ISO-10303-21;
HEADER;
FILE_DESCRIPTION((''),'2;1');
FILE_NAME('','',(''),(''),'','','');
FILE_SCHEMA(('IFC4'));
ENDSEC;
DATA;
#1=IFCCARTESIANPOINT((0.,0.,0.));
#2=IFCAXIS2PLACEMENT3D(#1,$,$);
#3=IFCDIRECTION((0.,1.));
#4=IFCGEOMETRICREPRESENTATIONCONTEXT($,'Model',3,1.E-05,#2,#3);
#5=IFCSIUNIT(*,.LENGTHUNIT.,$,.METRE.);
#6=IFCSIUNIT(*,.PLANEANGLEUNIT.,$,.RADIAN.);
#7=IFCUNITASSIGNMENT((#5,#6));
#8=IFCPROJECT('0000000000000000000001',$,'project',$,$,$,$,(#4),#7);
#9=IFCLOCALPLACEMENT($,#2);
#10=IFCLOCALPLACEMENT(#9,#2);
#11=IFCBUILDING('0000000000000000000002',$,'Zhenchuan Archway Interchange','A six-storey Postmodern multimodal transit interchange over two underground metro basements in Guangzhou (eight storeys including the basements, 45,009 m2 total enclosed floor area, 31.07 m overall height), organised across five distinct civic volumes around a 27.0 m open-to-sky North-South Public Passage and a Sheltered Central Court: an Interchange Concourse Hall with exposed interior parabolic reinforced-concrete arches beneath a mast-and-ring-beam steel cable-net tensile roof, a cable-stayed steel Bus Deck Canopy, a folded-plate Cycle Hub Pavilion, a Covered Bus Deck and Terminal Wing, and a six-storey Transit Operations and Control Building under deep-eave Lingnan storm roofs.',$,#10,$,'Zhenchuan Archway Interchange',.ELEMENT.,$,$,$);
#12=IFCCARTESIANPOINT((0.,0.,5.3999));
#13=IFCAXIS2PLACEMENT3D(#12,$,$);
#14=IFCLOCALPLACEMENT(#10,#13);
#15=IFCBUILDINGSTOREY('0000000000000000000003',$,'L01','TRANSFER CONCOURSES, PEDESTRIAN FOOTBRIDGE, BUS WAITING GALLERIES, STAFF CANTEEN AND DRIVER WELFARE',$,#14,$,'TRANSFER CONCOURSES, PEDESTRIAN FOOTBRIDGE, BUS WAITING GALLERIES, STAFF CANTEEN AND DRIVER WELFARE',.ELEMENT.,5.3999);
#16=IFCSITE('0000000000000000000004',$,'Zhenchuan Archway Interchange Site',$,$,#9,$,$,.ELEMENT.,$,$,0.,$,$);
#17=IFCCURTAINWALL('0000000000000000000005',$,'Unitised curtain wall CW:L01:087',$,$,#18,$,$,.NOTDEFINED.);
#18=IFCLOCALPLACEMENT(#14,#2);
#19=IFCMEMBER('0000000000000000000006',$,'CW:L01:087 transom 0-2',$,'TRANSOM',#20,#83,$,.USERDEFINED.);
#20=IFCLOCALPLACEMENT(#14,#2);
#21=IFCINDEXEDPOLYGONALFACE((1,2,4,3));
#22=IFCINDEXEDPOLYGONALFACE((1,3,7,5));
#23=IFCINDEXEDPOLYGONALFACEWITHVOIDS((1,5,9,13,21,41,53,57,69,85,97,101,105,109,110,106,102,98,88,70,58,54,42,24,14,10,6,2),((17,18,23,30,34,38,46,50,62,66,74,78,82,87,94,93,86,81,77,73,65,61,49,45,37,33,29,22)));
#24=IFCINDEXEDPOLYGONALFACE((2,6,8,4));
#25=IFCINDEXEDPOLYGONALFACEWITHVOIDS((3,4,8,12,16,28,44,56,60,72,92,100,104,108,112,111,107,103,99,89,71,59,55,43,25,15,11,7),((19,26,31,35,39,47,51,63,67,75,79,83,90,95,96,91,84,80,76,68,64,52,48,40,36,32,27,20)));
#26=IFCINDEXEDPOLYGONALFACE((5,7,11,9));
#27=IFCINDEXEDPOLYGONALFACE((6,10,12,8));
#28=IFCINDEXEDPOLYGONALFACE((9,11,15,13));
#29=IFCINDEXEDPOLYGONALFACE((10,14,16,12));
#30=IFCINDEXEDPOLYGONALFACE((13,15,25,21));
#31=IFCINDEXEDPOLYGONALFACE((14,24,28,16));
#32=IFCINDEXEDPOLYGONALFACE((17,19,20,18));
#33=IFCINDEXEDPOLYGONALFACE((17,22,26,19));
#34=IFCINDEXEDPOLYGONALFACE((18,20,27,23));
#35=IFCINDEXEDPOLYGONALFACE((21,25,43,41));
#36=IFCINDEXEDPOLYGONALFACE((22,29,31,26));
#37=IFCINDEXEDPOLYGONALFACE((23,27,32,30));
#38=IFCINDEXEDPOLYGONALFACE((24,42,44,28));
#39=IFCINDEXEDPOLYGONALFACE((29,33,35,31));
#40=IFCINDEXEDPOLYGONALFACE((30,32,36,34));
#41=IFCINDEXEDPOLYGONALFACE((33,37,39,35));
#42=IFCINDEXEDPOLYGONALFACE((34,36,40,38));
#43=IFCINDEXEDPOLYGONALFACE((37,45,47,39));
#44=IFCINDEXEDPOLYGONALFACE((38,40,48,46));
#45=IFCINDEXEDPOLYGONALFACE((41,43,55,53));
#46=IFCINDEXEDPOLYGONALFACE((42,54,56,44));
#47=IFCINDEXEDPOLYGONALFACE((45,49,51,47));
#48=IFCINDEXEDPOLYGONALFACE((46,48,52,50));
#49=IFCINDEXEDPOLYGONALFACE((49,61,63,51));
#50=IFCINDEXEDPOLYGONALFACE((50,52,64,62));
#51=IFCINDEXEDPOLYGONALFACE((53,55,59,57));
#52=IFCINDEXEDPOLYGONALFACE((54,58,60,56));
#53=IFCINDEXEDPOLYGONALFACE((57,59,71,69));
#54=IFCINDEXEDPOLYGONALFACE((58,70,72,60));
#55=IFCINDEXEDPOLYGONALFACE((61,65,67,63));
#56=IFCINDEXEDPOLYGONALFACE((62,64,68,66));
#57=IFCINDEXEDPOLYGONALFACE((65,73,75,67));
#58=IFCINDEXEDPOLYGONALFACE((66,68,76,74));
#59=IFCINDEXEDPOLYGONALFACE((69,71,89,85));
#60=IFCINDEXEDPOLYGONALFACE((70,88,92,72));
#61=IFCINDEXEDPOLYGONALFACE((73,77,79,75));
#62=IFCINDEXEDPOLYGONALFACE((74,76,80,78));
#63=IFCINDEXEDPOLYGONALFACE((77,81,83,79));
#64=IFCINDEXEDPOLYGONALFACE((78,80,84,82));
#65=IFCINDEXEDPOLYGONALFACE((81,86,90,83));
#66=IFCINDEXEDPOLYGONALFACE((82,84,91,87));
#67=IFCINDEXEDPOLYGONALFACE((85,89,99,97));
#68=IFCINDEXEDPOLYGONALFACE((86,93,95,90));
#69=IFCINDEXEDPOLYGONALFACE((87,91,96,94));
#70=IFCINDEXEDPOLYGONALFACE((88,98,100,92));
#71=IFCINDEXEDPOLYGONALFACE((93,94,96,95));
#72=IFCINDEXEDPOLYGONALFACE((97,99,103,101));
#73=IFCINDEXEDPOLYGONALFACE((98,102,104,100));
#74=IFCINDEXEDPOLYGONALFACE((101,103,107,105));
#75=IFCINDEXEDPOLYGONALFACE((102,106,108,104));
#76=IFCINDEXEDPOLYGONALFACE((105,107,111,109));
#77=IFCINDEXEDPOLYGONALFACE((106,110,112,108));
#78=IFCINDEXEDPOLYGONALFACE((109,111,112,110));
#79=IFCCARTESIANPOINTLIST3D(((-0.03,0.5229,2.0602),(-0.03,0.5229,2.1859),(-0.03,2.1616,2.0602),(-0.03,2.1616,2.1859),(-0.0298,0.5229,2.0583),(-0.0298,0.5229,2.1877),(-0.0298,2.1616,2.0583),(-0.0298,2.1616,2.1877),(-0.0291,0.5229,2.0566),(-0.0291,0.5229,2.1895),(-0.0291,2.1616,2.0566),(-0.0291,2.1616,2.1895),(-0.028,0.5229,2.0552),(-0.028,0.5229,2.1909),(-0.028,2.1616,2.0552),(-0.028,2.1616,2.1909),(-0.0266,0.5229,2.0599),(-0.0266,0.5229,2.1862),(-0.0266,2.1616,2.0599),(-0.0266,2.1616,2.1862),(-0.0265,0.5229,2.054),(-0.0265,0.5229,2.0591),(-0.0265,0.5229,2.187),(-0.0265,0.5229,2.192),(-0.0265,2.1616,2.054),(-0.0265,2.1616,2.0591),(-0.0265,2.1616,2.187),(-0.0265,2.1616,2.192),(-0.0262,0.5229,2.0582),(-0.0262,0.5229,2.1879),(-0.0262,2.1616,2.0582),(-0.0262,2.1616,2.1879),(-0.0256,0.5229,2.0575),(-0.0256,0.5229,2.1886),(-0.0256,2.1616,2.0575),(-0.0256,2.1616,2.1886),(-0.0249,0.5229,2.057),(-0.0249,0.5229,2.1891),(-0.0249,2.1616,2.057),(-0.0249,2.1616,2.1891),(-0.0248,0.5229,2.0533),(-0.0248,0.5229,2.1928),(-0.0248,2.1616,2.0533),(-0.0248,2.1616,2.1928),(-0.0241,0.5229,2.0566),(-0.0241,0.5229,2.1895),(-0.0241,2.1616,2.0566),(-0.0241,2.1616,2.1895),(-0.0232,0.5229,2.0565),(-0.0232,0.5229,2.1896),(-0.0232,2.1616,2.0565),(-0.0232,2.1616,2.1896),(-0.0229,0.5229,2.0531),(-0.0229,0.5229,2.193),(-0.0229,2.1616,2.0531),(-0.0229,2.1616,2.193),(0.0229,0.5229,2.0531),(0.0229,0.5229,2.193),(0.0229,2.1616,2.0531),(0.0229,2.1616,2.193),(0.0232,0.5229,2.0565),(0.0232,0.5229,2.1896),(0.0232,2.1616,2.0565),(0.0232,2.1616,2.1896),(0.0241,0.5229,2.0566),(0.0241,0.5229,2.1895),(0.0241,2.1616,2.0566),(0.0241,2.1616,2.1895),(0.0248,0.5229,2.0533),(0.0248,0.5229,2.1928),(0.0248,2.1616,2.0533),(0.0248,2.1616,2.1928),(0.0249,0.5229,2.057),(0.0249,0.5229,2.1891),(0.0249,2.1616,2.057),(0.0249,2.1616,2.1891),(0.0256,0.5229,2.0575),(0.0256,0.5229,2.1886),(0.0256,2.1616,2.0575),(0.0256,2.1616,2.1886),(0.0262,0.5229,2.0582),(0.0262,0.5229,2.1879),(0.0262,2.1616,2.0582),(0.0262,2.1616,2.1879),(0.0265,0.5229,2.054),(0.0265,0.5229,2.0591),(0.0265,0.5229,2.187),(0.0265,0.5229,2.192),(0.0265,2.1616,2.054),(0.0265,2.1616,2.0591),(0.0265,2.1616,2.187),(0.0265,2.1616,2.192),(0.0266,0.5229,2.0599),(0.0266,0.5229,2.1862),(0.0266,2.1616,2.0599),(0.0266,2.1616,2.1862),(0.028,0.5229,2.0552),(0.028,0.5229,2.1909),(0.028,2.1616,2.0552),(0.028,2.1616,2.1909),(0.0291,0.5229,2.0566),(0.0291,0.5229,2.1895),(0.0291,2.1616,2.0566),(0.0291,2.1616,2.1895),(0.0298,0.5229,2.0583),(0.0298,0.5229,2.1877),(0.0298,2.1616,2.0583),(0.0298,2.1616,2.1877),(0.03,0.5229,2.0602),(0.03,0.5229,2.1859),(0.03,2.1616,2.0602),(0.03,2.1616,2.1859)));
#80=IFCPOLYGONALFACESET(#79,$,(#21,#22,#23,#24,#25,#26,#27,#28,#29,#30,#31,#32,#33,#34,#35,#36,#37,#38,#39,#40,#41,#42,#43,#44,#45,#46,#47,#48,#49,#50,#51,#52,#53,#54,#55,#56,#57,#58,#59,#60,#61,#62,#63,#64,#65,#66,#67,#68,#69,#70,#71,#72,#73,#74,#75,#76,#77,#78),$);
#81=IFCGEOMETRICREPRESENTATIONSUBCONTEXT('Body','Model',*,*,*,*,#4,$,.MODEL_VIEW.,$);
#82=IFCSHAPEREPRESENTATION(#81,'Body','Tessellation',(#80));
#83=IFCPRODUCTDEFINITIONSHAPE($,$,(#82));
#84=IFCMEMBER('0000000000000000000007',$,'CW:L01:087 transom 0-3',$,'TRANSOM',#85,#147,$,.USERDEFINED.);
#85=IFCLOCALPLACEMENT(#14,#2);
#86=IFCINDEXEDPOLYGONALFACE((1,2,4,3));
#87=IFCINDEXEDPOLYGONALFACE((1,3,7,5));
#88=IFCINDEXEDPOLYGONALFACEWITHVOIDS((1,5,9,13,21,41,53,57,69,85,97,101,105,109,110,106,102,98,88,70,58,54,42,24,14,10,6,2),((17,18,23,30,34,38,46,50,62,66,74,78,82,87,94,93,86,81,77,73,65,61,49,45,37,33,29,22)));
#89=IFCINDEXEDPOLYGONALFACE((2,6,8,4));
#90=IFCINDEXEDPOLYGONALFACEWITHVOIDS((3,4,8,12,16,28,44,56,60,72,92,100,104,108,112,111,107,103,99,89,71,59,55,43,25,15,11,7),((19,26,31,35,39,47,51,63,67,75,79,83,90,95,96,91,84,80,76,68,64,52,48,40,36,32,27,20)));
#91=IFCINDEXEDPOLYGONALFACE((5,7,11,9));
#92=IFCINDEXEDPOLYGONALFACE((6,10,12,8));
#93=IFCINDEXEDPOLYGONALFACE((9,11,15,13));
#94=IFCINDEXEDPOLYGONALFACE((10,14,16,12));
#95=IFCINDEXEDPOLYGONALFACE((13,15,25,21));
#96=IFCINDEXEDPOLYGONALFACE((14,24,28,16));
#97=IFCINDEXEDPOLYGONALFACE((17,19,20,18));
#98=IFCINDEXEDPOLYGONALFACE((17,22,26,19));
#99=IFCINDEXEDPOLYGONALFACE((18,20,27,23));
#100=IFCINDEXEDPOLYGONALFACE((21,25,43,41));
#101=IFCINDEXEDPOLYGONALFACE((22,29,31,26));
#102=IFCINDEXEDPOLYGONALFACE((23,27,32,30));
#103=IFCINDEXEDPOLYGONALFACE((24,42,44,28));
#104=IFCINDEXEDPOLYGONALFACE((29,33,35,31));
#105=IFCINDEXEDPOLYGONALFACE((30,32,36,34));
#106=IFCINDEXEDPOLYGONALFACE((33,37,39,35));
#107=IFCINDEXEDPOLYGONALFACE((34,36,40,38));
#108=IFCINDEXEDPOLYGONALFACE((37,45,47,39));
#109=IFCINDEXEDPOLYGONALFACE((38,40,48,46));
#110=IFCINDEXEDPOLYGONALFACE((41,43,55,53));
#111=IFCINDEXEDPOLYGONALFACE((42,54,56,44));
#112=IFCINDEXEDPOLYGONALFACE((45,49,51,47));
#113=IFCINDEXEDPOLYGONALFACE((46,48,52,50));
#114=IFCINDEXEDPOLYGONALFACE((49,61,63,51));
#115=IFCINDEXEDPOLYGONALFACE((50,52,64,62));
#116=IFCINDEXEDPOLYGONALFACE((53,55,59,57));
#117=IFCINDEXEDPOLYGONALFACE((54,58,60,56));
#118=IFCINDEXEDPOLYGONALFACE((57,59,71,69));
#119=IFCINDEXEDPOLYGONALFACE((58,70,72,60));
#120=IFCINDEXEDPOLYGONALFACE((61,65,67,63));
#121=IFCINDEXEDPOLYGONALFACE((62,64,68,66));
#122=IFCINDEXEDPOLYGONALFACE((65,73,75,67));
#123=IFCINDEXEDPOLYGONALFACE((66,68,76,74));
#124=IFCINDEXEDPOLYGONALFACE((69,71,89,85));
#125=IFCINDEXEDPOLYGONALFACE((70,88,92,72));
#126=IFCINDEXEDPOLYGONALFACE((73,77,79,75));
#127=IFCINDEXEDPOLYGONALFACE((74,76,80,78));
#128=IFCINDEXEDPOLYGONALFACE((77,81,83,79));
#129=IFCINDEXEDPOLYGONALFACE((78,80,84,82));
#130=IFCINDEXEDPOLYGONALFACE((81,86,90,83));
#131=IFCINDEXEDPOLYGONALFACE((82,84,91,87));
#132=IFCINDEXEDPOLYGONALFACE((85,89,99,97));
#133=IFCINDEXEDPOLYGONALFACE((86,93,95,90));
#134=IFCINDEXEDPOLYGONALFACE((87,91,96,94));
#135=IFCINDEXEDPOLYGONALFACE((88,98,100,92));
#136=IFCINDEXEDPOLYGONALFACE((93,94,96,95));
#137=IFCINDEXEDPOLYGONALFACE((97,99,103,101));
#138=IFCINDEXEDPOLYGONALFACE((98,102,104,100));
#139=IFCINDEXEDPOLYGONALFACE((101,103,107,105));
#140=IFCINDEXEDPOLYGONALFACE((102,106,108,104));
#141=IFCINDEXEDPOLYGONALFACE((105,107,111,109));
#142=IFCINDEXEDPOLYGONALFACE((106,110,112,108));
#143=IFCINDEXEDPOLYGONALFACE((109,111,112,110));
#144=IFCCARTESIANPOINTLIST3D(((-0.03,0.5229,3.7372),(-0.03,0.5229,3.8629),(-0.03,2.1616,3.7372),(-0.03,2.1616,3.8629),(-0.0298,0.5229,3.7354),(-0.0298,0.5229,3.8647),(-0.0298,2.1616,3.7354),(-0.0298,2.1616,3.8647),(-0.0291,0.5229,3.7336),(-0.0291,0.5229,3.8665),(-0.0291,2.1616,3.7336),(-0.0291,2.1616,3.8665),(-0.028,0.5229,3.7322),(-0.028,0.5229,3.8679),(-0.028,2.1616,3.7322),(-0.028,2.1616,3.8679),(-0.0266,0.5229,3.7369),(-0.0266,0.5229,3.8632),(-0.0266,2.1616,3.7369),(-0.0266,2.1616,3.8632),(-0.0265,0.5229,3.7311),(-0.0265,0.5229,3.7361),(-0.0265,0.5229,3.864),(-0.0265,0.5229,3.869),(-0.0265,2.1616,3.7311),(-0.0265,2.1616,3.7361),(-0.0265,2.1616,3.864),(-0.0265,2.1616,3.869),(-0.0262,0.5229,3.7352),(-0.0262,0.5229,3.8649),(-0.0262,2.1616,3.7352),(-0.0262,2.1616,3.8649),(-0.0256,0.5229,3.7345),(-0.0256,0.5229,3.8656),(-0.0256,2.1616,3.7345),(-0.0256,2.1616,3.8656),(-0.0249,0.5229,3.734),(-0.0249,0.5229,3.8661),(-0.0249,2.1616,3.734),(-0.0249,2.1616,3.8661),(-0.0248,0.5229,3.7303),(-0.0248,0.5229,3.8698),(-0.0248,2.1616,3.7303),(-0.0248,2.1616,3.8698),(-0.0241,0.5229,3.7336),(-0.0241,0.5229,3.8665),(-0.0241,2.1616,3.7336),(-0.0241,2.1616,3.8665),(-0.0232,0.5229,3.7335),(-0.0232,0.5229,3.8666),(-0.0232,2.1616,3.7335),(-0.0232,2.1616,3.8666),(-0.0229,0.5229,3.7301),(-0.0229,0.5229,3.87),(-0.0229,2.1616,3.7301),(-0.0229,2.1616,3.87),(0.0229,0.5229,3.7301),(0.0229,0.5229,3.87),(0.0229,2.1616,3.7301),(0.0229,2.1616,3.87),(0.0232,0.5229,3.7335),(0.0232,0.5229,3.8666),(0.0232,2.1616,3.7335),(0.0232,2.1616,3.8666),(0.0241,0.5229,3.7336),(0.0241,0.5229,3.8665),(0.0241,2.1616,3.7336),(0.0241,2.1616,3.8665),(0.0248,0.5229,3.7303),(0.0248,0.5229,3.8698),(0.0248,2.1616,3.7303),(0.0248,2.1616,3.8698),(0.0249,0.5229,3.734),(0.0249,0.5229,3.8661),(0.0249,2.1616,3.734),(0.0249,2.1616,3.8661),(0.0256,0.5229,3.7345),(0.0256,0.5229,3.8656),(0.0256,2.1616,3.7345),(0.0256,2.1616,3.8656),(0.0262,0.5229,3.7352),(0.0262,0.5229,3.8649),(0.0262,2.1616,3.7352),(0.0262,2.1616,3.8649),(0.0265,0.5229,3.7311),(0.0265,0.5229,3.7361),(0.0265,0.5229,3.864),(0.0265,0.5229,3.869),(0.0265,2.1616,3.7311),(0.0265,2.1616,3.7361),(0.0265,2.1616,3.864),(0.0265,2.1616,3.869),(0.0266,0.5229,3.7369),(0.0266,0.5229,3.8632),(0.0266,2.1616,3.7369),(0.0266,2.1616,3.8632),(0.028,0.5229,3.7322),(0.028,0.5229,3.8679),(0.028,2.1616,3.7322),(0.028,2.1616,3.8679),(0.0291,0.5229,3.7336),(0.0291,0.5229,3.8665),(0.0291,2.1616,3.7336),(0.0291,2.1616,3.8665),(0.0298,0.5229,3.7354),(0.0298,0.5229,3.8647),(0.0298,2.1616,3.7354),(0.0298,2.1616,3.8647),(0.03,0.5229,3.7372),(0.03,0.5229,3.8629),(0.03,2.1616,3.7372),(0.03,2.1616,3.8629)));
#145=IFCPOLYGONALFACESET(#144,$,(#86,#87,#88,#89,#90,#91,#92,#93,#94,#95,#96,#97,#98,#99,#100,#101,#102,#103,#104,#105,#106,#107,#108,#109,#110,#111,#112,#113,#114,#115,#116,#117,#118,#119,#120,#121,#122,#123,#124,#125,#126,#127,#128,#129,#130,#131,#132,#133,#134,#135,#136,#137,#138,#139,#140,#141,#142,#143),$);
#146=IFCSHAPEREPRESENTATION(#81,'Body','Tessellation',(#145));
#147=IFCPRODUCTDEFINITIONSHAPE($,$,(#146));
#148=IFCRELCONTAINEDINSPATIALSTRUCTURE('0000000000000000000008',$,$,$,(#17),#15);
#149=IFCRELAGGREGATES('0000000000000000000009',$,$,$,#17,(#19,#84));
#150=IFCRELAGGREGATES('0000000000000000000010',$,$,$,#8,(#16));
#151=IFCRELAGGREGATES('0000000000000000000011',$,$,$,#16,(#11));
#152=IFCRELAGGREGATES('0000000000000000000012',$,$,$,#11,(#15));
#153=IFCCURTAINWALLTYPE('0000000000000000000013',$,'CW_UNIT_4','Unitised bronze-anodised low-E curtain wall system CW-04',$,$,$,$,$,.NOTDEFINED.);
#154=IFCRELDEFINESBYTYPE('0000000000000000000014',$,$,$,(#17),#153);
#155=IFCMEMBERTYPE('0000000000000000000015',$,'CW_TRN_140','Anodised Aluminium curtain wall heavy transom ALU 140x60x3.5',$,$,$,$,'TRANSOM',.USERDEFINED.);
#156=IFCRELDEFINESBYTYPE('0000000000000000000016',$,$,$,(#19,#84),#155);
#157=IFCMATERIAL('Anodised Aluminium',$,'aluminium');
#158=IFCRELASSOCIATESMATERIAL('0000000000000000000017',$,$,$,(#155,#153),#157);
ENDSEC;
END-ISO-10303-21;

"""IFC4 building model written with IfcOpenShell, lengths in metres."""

from ifc_helpers import new_model, si_unit, direction, frame, origin, origin_2d, place, context, subcontext, project, spatial, hollow_rectangle, extrude, material, material_profile, profile_set, type_object, element, aggregate, save


model = new_model("IFC4")

# Units and contexts
model_context = context("Model", 3, precision=1e-05, world=origin(), true_north=direction((0.0, 1.0)))
body_context = subcontext(model_context, "Body", "Model", "MODEL_VIEW")
ifc_project = project(units=[si_unit("LENGTHUNIT", "METRE"), si_unit("PLANEANGLEUNIT", "RADIAN")], contexts=[model_context])

# Site, building, storey
site_placement = place(None, origin())
site = spatial("IfcSite", under=ifc_project, at=site_placement, Name="Zhenchuan Archway Interchange Site", CompositionType="ELEMENT", RefElevation=0.0)
building_placement = place(site_placement, origin())
building = spatial("IfcBuilding", under=site, at=building_placement, Name="Zhenchuan Archway Interchange", Description="A six-storey Postmodern multimodal transit interchange over two underground metro basements in Guangzhou (eight storeys including the basements, 45,009 m2 total enclosed floor area, 31.07 m overall height), organised across five distinct civic volumes around a 27.0 m open-to-sky North-South Public Passage and a Sheltered Central Court: an Interchange Concourse Hall with exposed interior parabolic reinforced-concrete arches beneath a mast-and-ring-beam steel cable-net tensile roof, a cable-stayed steel Bus Deck Canopy, a folded-plate Cycle Hub Pavilion, a Covered Bus Deck and Terminal Wing, and a six-storey Transit Operations and Control Building under deep-eave Lingnan storm roofs.", LongName="Zhenchuan Archway Interchange", CompositionType="ELEMENT")
storey_placement = place(building_placement, frame((0.0, 0.0, 5.3999)))
storey = spatial("IfcBuildingStorey", under=building, at=storey_placement, Name="L01", Description="TRANSFER CONCOURSES, PEDESTRIAN FOOTBRIDGE, BUS WAITING GALLERIES, STAFF CANTEEN AND DRIVER WELFARE", LongName="TRANSFER CONCOURSES, PEDESTRIAN FOOTBRIDGE, BUS WAITING GALLERIES, STAFF CANTEEN AND DRIVER WELFARE", CompositionType="ELEMENT", Elevation=5.3999)

# Curtain wall, members
ifc_material_1 = material(Name="Anodised Aluminium", Category="aluminium")
ifc_material_profile_1 = material_profile(ifc_material_1, hollow_rectangle(XDim=0.0601, YDim=0.1399, WallThickness=0.0034, InnerFilletRadius=0.0034, OuterFilletRadius=0.0071, at=origin_2d()), Name="ALU 140x60x3.5")
ifc_profile_set_1 = profile_set([ifc_material_profile_1], Name="Anodised Aluminium")
member_type = type_object("IfcMemberType", Name="CW_TRN_140", Description="Anodised Aluminium curtain wall heavy transom ALU 140x60x3.5", ElementType="TRANSOM", PredefinedType="USERDEFINED", material=ifc_profile_set_1)
curtain_wall_type_1 = type_object("IfcCurtainWallType", Name="CW_UNIT_4", Description="Unitised bronze-anodised low-E curtain wall system CW-04", PredefinedType="NOTDEFINED", material=ifc_material_1)
curtain_wall_1_placement = place(storey_placement, origin())
curtain_wall_1 = element("IfcCurtainWall", 1, at=curtain_wall_1_placement, inside=storey, type_object=curtain_wall_type_1, Name="Unitised curtain wall CW:L01:087", PredefinedType="NOTDEFINED")
member_1_placement = place(storey_placement, frame((0.0, 0.5229, 2.123), z_axis=(0.0, 1.0, 0.0), x_axis=(-1.0, 0.0, 0.0)))
member_1 = element("IfcMember", 2, at=member_1_placement, type_object=member_type, Name="CW:L01:087 transom 0-2", ObjectType="TRANSOM", PredefinedType="USERDEFINED", context=body_context, shape_type="SweptSolid", body=[
    extrude(hollow_rectangle(XDim=0.0601, YDim=0.1399, WallThickness=0.0034, InnerFilletRadius=0.0034, OuterFilletRadius=0.0071, at=origin_2d()), origin(), (0.0, 0.0, 1.0), 1.6387),
])
member_2_placement = place(storey_placement, frame((0.0, 0.5229, 3.8), z_axis=(0.0, 1.0, 0.0), x_axis=(-1.0, 0.0, 0.0)))
member_2 = element("IfcMember", 3, at=member_2_placement, type_object=member_type, Name="CW:L01:087 transom 0-3", ObjectType="TRANSOM", PredefinedType="USERDEFINED", context=body_context, shape_type="SweptSolid", body=[
    extrude(hollow_rectangle(XDim=0.0601, YDim=0.1399, WallThickness=0.0034, InnerFilletRadius=0.0034, OuterFilletRadius=0.0071, at=origin_2d()), origin(), (0.0, 0.0, 1.0), 1.6387),
])

aggregate(curtain_wall_1, [member_1, member_2])

save(model, "model.ifc")
